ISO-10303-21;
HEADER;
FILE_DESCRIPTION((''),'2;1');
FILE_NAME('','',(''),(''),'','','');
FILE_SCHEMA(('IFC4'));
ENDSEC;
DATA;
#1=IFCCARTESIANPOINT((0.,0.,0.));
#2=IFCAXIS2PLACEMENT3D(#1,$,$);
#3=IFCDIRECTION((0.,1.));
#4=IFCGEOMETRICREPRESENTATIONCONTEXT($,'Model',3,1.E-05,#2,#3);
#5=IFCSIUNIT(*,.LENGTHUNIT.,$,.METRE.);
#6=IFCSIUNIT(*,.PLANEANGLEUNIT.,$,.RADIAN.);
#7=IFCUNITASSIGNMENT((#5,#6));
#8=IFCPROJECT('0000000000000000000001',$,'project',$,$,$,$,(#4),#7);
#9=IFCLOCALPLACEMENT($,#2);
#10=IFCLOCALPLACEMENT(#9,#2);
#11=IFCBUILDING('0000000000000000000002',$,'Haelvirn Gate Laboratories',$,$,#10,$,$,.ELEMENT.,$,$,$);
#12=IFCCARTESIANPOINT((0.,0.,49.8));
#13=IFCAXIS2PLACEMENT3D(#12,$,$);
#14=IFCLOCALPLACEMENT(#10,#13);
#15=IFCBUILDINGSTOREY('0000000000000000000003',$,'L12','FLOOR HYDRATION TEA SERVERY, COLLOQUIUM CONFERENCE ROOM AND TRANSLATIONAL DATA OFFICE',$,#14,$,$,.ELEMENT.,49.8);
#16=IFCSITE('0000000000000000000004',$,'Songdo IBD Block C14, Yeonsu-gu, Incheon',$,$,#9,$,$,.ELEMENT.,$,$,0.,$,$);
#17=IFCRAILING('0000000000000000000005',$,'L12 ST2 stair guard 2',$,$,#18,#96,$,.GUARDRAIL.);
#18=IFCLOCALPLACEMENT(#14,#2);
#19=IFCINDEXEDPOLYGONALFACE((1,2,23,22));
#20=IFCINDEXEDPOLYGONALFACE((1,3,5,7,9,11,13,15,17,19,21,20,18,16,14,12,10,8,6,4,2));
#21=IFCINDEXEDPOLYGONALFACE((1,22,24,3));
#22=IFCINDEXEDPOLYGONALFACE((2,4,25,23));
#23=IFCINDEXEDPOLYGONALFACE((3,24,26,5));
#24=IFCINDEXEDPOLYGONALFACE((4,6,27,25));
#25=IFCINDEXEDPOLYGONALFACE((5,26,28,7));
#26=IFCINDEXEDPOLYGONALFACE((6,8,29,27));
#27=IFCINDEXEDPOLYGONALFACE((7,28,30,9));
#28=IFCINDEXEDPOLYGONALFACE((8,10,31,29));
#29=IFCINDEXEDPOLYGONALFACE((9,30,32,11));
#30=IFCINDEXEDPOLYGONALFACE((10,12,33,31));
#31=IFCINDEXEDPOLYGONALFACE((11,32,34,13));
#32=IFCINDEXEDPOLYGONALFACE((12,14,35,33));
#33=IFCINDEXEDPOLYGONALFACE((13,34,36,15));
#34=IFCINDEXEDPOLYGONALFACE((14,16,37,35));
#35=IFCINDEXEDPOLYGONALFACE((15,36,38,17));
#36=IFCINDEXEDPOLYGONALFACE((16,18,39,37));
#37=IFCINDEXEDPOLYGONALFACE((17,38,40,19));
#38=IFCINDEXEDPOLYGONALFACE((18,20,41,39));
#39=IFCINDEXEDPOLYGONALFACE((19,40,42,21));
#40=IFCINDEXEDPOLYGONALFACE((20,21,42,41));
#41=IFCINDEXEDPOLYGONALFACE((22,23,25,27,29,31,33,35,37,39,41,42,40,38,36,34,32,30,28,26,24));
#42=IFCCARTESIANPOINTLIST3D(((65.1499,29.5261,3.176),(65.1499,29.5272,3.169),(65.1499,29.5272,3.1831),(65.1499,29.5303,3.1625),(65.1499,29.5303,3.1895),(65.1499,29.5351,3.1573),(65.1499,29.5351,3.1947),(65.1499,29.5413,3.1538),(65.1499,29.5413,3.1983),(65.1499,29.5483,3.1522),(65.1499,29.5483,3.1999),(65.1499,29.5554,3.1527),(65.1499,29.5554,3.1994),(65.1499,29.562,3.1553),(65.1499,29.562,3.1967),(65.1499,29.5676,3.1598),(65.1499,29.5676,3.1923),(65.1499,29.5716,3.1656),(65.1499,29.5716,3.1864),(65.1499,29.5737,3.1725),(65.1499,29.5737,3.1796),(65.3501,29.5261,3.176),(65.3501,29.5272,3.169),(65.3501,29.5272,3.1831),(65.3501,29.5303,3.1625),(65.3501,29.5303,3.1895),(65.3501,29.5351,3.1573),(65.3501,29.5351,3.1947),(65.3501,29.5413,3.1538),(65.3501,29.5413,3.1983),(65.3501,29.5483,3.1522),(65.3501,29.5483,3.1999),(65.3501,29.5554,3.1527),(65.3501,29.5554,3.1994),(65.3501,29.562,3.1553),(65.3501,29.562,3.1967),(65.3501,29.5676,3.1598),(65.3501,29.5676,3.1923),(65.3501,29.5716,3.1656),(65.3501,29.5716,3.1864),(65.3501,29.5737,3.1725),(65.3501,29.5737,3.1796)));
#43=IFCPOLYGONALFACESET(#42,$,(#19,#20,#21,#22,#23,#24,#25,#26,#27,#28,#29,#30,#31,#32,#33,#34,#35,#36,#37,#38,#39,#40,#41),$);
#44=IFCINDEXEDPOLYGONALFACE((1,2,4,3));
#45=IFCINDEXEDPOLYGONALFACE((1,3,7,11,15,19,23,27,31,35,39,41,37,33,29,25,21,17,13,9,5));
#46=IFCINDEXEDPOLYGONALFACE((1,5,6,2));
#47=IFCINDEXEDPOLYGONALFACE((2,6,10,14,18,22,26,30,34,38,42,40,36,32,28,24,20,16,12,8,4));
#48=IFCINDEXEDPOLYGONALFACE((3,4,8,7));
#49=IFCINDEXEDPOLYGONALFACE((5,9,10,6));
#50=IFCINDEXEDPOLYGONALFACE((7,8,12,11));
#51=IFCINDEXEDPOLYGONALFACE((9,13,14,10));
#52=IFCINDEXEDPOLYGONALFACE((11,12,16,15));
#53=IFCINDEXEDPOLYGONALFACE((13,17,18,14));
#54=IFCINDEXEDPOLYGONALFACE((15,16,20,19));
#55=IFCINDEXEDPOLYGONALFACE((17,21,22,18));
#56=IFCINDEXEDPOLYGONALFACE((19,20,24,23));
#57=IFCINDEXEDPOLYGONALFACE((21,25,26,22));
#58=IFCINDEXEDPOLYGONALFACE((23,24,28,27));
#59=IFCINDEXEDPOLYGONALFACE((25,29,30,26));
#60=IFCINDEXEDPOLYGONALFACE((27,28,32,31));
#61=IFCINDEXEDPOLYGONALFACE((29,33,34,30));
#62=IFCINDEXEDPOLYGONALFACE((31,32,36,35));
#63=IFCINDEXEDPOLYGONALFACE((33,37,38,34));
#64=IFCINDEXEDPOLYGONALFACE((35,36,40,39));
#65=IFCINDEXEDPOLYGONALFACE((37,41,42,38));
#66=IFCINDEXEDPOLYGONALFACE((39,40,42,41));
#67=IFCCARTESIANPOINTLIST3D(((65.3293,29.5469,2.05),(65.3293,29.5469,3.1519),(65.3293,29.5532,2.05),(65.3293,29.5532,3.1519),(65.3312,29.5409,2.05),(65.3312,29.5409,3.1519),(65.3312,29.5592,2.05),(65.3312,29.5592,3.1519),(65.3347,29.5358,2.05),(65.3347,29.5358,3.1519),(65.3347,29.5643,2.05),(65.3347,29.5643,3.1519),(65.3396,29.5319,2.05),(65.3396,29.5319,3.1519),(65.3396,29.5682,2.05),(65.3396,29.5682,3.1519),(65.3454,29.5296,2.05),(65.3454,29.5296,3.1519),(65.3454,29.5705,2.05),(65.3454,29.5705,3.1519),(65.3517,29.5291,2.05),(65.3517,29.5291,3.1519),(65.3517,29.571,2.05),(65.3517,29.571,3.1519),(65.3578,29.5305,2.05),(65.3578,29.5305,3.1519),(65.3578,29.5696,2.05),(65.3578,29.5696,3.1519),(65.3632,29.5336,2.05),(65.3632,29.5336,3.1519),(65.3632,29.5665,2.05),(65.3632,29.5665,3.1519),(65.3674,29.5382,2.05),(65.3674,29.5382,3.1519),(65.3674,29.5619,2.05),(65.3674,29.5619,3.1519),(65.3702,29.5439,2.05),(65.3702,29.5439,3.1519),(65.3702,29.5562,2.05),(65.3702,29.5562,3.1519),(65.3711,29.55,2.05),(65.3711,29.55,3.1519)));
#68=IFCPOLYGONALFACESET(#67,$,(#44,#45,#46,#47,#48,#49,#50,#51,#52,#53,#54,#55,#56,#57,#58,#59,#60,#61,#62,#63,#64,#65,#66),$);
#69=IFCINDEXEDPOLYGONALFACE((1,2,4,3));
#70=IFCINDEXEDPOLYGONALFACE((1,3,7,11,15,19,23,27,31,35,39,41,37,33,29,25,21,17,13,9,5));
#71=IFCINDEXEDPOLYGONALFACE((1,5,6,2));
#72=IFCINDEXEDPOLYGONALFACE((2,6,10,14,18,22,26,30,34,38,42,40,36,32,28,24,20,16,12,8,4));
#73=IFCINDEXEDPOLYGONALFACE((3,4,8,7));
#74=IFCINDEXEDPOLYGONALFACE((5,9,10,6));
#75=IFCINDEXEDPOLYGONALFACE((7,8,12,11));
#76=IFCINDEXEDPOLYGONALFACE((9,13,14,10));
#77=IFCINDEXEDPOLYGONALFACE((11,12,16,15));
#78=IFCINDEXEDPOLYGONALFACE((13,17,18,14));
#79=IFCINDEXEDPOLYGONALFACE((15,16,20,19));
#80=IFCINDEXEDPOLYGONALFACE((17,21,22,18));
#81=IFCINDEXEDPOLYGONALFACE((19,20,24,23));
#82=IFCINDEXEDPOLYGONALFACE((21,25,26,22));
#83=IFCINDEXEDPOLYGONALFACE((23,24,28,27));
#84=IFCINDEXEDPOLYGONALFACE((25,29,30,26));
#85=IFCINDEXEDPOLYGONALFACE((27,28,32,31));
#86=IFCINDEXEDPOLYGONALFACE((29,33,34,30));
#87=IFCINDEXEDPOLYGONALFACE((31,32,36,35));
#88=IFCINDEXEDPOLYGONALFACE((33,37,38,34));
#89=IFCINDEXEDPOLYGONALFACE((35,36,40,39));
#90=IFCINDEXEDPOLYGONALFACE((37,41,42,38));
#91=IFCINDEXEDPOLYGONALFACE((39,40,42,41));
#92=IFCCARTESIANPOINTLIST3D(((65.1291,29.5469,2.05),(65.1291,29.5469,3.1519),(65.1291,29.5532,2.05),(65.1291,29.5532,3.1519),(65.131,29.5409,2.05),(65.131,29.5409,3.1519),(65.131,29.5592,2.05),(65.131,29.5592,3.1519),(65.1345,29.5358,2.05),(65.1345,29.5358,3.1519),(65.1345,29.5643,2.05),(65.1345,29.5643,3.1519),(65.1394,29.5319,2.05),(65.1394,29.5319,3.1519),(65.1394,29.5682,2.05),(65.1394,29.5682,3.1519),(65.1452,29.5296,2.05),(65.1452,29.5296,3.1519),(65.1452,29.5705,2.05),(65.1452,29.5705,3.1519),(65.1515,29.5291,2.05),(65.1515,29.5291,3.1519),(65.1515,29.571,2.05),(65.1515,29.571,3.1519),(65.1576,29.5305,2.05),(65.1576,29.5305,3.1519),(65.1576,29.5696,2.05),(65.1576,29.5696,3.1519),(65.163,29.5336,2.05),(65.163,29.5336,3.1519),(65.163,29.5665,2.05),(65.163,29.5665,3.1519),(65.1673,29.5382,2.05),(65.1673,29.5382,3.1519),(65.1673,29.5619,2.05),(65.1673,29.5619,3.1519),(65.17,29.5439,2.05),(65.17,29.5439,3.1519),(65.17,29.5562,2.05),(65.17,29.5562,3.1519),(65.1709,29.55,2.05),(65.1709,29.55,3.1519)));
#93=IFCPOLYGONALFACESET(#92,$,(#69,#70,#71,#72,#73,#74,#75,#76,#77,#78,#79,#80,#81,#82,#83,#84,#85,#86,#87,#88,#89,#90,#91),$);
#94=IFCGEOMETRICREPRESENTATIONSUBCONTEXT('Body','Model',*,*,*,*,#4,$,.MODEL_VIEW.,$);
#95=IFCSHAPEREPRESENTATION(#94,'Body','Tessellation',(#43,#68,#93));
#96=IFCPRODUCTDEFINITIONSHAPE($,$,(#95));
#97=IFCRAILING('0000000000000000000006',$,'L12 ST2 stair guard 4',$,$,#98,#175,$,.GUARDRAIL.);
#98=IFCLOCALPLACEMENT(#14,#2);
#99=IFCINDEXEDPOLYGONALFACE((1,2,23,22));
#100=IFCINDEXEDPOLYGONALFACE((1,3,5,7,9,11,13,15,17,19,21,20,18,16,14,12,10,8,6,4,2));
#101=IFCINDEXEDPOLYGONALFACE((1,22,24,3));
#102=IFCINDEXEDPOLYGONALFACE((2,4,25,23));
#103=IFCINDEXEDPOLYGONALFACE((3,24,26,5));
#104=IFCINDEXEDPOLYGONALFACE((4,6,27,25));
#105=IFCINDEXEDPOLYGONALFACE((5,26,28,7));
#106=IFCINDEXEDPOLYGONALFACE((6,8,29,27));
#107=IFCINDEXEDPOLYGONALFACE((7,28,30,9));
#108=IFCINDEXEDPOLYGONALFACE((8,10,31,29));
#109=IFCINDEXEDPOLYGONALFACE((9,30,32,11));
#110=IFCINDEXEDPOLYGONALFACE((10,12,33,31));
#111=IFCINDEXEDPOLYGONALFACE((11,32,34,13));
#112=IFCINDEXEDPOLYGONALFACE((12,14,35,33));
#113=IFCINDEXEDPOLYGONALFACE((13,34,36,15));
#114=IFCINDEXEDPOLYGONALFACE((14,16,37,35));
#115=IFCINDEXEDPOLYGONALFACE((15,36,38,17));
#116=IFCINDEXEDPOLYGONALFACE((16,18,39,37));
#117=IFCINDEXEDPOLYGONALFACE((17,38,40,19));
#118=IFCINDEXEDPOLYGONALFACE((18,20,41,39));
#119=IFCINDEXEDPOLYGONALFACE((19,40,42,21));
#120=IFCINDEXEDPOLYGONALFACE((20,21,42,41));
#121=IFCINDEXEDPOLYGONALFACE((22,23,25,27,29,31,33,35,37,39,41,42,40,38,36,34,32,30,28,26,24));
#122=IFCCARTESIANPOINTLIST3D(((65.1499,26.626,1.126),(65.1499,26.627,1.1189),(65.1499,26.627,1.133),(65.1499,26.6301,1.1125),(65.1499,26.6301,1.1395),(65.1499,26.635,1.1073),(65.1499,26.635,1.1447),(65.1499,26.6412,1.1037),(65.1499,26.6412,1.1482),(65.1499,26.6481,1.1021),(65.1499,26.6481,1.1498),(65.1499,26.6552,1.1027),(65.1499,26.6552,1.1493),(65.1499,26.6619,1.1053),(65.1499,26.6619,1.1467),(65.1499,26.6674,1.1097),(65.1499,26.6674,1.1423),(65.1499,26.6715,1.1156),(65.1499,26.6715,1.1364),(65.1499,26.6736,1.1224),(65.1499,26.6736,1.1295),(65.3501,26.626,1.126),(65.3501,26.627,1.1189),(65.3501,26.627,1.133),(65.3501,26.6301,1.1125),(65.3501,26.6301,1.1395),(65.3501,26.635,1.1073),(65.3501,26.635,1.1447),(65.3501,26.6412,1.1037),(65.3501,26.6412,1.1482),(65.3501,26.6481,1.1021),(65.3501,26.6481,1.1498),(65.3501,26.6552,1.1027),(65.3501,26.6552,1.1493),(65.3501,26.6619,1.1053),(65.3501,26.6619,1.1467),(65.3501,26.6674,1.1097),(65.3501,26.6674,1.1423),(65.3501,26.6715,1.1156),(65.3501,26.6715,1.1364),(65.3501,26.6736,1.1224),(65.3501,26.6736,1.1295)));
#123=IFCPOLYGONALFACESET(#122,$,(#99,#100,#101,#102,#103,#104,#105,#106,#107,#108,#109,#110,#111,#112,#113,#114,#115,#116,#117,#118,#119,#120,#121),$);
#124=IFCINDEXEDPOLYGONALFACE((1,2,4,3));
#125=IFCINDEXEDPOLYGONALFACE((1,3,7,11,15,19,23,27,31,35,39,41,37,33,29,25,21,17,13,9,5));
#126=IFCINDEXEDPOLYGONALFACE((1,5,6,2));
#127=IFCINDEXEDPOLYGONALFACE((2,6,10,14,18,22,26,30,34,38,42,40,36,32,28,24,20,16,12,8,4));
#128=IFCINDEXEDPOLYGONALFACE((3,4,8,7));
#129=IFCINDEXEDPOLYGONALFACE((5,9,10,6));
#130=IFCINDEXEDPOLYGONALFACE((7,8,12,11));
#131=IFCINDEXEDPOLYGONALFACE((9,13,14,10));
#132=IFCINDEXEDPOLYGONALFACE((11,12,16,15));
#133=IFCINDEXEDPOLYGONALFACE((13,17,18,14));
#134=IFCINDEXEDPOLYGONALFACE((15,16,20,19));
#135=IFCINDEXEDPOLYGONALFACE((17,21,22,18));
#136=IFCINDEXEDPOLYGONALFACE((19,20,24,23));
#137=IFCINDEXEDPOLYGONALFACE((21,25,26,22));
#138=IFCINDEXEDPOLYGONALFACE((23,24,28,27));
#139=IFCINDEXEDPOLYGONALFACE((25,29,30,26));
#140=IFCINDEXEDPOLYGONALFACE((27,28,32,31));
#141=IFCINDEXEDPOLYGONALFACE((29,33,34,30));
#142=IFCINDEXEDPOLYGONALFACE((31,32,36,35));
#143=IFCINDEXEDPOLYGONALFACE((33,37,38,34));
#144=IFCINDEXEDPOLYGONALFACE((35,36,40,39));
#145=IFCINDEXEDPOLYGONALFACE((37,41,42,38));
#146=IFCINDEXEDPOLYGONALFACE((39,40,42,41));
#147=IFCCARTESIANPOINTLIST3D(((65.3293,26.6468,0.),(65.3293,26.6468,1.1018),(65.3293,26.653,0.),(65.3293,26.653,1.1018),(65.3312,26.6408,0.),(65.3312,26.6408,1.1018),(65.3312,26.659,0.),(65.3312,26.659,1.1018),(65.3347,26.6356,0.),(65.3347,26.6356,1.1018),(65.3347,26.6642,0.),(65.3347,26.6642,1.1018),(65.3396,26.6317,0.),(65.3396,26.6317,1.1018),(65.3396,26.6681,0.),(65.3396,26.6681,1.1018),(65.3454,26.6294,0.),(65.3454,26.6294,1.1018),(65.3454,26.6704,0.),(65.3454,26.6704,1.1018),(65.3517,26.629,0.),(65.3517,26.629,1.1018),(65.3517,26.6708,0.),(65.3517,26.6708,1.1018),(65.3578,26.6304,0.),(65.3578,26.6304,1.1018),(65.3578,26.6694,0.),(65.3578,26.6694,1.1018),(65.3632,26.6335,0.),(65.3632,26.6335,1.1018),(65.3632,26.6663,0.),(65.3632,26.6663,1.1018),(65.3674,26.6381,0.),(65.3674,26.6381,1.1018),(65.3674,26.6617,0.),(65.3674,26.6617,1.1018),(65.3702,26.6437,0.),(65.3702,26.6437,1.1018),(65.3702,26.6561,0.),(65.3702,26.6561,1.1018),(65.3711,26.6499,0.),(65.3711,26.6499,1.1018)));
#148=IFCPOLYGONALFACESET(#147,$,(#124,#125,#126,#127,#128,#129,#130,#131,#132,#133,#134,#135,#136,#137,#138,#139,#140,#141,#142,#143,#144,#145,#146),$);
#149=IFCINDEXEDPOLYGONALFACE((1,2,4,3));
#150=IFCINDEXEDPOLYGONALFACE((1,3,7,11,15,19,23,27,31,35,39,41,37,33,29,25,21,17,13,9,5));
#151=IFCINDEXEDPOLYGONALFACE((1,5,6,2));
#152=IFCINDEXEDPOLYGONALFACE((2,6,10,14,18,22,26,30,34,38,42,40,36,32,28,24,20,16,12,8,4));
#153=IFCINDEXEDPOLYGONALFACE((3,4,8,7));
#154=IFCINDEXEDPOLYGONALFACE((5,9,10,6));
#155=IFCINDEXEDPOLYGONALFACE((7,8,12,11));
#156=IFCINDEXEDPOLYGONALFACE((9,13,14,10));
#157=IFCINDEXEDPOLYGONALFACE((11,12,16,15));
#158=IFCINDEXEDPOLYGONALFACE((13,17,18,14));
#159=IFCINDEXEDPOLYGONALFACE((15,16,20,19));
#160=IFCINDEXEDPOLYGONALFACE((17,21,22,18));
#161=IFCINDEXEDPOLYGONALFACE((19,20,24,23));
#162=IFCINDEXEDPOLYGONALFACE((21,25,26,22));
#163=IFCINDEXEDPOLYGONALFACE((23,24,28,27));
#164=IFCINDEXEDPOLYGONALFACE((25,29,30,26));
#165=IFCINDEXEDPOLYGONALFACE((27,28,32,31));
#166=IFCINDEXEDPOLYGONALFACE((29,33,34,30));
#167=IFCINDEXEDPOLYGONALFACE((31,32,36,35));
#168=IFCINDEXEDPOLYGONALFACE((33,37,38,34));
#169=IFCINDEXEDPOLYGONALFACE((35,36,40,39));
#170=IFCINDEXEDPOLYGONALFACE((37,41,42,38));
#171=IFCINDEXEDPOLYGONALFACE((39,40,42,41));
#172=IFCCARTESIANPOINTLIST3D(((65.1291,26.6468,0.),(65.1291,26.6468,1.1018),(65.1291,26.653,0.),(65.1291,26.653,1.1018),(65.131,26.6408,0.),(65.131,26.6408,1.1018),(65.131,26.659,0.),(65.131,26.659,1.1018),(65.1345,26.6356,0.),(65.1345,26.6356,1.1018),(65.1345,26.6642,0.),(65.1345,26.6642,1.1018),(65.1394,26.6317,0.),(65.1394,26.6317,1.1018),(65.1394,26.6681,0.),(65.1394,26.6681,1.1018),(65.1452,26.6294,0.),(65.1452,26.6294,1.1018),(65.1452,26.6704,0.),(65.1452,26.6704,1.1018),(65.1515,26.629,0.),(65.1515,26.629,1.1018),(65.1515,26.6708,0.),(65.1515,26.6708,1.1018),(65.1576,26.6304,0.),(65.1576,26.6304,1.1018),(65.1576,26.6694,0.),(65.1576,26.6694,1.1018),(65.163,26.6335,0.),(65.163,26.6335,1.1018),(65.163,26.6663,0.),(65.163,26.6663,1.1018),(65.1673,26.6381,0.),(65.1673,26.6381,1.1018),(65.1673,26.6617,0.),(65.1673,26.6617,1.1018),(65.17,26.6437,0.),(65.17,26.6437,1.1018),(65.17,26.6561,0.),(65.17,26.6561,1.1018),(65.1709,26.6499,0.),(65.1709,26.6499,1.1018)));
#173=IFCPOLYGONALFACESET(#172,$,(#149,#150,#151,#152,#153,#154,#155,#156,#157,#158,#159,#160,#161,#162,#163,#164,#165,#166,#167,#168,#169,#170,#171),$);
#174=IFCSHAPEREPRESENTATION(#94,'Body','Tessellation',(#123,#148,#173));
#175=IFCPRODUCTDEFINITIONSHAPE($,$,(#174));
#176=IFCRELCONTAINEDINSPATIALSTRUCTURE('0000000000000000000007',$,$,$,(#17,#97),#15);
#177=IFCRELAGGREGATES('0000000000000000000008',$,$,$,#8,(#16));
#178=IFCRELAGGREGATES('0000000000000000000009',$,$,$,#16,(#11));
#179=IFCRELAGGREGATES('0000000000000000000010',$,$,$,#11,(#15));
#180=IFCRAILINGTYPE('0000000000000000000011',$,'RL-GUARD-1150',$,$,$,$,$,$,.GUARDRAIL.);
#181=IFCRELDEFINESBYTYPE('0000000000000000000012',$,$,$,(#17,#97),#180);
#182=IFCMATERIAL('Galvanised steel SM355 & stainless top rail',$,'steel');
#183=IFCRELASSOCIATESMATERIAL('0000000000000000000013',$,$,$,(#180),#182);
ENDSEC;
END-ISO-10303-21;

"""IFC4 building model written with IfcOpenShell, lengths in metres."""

from ifc_helpers import new_model, si_unit, direction, frame, origin, origin_2d, place, context, subcontext, project, spatial, circle, extrude, source, transform, mapped, material, type_object, element, save


model = new_model("IFC4")

# Units and contexts
model_context = context("Model", 3, precision=1e-05, world=origin(), true_north=direction((0.0, 1.0)))
body_context = subcontext(model_context, "Body", "Model", "MODEL_VIEW")
ifc_project = project(units=[si_unit("LENGTHUNIT", "METRE"), si_unit("PLANEANGLEUNIT", "RADIAN")], contexts=[model_context])

# Site, building, storey
site_placement = place(None, origin())
site = spatial("IfcSite", under=ifc_project, at=site_placement, Name="Songdo IBD Block C14, Yeonsu-gu, Incheon", CompositionType="ELEMENT", RefElevation=0.0)
building_placement = place(site_placement, origin())
building = spatial("IfcBuilding", under=site, at=building_placement, Name="Haelvirn Gate Laboratories", CompositionType="ELEMENT")
storey_placement = place(building_placement, frame((0.0, 0.0, 49.8)))
storey = spatial("IfcBuildingStorey", under=building, at=storey_placement, Name="L12", Description="FLOOR HYDRATION TEA SERVERY, COLLOQUIUM CONFERENCE ROOM AND TRANSLATIONAL DATA OFFICE", CompositionType="ELEMENT", Elevation=49.8)

# Railings
ifc_material_1 = material(Name="Galvanised steel SM355 & stainless top rail", Category="steel")
railing_type_1 = type_object("IfcRailingType", Name="RL-GUARD-1150", PredefinedType="GUARDRAIL", material=ifc_material_1)
shared_shape_1 = source(origin(), body_context, "Body", "SweptSolid", [
    extrude(circle(Radius=0.0239, at=origin_2d()), frame((0.0, 0.0, 1.126), z_axis=(-1.0, 0.0, 0.0), x_axis=(0.0, -1.0, 0.0)), (0.0, 0.0, 1.0), 0.2002),
    extrude(circle(Radius=0.021, at=origin_2d()), origin(), (0.0, 0.0, 1.0), 1.1018),
    extrude(circle(Radius=0.021, at=origin_2d()), frame((-0.2002, 0.0, 0.0)), (0.0, 0.0, 1.0), 1.1018),
])
for number, where, name in (
    (1, (65.3501, 29.55, 2.05), "L12 ST2 stair guard 2"),
    (2, (65.3501, 26.6499, 0.0), "L12 ST2 stair guard 4"),
):
    element("IfcRailing", number, at=place(storey_placement, frame(where)), inside=storey, type_object=railing_type_1, Name=name, PredefinedType="GUARDRAIL", context=body_context, shape_type="MappedRepresentation", body=[
        mapped(shared_shape_1, transform((0.0, 0.0, 0.0), scale=1.0)),
    ])

save(model, "model.ifc")
